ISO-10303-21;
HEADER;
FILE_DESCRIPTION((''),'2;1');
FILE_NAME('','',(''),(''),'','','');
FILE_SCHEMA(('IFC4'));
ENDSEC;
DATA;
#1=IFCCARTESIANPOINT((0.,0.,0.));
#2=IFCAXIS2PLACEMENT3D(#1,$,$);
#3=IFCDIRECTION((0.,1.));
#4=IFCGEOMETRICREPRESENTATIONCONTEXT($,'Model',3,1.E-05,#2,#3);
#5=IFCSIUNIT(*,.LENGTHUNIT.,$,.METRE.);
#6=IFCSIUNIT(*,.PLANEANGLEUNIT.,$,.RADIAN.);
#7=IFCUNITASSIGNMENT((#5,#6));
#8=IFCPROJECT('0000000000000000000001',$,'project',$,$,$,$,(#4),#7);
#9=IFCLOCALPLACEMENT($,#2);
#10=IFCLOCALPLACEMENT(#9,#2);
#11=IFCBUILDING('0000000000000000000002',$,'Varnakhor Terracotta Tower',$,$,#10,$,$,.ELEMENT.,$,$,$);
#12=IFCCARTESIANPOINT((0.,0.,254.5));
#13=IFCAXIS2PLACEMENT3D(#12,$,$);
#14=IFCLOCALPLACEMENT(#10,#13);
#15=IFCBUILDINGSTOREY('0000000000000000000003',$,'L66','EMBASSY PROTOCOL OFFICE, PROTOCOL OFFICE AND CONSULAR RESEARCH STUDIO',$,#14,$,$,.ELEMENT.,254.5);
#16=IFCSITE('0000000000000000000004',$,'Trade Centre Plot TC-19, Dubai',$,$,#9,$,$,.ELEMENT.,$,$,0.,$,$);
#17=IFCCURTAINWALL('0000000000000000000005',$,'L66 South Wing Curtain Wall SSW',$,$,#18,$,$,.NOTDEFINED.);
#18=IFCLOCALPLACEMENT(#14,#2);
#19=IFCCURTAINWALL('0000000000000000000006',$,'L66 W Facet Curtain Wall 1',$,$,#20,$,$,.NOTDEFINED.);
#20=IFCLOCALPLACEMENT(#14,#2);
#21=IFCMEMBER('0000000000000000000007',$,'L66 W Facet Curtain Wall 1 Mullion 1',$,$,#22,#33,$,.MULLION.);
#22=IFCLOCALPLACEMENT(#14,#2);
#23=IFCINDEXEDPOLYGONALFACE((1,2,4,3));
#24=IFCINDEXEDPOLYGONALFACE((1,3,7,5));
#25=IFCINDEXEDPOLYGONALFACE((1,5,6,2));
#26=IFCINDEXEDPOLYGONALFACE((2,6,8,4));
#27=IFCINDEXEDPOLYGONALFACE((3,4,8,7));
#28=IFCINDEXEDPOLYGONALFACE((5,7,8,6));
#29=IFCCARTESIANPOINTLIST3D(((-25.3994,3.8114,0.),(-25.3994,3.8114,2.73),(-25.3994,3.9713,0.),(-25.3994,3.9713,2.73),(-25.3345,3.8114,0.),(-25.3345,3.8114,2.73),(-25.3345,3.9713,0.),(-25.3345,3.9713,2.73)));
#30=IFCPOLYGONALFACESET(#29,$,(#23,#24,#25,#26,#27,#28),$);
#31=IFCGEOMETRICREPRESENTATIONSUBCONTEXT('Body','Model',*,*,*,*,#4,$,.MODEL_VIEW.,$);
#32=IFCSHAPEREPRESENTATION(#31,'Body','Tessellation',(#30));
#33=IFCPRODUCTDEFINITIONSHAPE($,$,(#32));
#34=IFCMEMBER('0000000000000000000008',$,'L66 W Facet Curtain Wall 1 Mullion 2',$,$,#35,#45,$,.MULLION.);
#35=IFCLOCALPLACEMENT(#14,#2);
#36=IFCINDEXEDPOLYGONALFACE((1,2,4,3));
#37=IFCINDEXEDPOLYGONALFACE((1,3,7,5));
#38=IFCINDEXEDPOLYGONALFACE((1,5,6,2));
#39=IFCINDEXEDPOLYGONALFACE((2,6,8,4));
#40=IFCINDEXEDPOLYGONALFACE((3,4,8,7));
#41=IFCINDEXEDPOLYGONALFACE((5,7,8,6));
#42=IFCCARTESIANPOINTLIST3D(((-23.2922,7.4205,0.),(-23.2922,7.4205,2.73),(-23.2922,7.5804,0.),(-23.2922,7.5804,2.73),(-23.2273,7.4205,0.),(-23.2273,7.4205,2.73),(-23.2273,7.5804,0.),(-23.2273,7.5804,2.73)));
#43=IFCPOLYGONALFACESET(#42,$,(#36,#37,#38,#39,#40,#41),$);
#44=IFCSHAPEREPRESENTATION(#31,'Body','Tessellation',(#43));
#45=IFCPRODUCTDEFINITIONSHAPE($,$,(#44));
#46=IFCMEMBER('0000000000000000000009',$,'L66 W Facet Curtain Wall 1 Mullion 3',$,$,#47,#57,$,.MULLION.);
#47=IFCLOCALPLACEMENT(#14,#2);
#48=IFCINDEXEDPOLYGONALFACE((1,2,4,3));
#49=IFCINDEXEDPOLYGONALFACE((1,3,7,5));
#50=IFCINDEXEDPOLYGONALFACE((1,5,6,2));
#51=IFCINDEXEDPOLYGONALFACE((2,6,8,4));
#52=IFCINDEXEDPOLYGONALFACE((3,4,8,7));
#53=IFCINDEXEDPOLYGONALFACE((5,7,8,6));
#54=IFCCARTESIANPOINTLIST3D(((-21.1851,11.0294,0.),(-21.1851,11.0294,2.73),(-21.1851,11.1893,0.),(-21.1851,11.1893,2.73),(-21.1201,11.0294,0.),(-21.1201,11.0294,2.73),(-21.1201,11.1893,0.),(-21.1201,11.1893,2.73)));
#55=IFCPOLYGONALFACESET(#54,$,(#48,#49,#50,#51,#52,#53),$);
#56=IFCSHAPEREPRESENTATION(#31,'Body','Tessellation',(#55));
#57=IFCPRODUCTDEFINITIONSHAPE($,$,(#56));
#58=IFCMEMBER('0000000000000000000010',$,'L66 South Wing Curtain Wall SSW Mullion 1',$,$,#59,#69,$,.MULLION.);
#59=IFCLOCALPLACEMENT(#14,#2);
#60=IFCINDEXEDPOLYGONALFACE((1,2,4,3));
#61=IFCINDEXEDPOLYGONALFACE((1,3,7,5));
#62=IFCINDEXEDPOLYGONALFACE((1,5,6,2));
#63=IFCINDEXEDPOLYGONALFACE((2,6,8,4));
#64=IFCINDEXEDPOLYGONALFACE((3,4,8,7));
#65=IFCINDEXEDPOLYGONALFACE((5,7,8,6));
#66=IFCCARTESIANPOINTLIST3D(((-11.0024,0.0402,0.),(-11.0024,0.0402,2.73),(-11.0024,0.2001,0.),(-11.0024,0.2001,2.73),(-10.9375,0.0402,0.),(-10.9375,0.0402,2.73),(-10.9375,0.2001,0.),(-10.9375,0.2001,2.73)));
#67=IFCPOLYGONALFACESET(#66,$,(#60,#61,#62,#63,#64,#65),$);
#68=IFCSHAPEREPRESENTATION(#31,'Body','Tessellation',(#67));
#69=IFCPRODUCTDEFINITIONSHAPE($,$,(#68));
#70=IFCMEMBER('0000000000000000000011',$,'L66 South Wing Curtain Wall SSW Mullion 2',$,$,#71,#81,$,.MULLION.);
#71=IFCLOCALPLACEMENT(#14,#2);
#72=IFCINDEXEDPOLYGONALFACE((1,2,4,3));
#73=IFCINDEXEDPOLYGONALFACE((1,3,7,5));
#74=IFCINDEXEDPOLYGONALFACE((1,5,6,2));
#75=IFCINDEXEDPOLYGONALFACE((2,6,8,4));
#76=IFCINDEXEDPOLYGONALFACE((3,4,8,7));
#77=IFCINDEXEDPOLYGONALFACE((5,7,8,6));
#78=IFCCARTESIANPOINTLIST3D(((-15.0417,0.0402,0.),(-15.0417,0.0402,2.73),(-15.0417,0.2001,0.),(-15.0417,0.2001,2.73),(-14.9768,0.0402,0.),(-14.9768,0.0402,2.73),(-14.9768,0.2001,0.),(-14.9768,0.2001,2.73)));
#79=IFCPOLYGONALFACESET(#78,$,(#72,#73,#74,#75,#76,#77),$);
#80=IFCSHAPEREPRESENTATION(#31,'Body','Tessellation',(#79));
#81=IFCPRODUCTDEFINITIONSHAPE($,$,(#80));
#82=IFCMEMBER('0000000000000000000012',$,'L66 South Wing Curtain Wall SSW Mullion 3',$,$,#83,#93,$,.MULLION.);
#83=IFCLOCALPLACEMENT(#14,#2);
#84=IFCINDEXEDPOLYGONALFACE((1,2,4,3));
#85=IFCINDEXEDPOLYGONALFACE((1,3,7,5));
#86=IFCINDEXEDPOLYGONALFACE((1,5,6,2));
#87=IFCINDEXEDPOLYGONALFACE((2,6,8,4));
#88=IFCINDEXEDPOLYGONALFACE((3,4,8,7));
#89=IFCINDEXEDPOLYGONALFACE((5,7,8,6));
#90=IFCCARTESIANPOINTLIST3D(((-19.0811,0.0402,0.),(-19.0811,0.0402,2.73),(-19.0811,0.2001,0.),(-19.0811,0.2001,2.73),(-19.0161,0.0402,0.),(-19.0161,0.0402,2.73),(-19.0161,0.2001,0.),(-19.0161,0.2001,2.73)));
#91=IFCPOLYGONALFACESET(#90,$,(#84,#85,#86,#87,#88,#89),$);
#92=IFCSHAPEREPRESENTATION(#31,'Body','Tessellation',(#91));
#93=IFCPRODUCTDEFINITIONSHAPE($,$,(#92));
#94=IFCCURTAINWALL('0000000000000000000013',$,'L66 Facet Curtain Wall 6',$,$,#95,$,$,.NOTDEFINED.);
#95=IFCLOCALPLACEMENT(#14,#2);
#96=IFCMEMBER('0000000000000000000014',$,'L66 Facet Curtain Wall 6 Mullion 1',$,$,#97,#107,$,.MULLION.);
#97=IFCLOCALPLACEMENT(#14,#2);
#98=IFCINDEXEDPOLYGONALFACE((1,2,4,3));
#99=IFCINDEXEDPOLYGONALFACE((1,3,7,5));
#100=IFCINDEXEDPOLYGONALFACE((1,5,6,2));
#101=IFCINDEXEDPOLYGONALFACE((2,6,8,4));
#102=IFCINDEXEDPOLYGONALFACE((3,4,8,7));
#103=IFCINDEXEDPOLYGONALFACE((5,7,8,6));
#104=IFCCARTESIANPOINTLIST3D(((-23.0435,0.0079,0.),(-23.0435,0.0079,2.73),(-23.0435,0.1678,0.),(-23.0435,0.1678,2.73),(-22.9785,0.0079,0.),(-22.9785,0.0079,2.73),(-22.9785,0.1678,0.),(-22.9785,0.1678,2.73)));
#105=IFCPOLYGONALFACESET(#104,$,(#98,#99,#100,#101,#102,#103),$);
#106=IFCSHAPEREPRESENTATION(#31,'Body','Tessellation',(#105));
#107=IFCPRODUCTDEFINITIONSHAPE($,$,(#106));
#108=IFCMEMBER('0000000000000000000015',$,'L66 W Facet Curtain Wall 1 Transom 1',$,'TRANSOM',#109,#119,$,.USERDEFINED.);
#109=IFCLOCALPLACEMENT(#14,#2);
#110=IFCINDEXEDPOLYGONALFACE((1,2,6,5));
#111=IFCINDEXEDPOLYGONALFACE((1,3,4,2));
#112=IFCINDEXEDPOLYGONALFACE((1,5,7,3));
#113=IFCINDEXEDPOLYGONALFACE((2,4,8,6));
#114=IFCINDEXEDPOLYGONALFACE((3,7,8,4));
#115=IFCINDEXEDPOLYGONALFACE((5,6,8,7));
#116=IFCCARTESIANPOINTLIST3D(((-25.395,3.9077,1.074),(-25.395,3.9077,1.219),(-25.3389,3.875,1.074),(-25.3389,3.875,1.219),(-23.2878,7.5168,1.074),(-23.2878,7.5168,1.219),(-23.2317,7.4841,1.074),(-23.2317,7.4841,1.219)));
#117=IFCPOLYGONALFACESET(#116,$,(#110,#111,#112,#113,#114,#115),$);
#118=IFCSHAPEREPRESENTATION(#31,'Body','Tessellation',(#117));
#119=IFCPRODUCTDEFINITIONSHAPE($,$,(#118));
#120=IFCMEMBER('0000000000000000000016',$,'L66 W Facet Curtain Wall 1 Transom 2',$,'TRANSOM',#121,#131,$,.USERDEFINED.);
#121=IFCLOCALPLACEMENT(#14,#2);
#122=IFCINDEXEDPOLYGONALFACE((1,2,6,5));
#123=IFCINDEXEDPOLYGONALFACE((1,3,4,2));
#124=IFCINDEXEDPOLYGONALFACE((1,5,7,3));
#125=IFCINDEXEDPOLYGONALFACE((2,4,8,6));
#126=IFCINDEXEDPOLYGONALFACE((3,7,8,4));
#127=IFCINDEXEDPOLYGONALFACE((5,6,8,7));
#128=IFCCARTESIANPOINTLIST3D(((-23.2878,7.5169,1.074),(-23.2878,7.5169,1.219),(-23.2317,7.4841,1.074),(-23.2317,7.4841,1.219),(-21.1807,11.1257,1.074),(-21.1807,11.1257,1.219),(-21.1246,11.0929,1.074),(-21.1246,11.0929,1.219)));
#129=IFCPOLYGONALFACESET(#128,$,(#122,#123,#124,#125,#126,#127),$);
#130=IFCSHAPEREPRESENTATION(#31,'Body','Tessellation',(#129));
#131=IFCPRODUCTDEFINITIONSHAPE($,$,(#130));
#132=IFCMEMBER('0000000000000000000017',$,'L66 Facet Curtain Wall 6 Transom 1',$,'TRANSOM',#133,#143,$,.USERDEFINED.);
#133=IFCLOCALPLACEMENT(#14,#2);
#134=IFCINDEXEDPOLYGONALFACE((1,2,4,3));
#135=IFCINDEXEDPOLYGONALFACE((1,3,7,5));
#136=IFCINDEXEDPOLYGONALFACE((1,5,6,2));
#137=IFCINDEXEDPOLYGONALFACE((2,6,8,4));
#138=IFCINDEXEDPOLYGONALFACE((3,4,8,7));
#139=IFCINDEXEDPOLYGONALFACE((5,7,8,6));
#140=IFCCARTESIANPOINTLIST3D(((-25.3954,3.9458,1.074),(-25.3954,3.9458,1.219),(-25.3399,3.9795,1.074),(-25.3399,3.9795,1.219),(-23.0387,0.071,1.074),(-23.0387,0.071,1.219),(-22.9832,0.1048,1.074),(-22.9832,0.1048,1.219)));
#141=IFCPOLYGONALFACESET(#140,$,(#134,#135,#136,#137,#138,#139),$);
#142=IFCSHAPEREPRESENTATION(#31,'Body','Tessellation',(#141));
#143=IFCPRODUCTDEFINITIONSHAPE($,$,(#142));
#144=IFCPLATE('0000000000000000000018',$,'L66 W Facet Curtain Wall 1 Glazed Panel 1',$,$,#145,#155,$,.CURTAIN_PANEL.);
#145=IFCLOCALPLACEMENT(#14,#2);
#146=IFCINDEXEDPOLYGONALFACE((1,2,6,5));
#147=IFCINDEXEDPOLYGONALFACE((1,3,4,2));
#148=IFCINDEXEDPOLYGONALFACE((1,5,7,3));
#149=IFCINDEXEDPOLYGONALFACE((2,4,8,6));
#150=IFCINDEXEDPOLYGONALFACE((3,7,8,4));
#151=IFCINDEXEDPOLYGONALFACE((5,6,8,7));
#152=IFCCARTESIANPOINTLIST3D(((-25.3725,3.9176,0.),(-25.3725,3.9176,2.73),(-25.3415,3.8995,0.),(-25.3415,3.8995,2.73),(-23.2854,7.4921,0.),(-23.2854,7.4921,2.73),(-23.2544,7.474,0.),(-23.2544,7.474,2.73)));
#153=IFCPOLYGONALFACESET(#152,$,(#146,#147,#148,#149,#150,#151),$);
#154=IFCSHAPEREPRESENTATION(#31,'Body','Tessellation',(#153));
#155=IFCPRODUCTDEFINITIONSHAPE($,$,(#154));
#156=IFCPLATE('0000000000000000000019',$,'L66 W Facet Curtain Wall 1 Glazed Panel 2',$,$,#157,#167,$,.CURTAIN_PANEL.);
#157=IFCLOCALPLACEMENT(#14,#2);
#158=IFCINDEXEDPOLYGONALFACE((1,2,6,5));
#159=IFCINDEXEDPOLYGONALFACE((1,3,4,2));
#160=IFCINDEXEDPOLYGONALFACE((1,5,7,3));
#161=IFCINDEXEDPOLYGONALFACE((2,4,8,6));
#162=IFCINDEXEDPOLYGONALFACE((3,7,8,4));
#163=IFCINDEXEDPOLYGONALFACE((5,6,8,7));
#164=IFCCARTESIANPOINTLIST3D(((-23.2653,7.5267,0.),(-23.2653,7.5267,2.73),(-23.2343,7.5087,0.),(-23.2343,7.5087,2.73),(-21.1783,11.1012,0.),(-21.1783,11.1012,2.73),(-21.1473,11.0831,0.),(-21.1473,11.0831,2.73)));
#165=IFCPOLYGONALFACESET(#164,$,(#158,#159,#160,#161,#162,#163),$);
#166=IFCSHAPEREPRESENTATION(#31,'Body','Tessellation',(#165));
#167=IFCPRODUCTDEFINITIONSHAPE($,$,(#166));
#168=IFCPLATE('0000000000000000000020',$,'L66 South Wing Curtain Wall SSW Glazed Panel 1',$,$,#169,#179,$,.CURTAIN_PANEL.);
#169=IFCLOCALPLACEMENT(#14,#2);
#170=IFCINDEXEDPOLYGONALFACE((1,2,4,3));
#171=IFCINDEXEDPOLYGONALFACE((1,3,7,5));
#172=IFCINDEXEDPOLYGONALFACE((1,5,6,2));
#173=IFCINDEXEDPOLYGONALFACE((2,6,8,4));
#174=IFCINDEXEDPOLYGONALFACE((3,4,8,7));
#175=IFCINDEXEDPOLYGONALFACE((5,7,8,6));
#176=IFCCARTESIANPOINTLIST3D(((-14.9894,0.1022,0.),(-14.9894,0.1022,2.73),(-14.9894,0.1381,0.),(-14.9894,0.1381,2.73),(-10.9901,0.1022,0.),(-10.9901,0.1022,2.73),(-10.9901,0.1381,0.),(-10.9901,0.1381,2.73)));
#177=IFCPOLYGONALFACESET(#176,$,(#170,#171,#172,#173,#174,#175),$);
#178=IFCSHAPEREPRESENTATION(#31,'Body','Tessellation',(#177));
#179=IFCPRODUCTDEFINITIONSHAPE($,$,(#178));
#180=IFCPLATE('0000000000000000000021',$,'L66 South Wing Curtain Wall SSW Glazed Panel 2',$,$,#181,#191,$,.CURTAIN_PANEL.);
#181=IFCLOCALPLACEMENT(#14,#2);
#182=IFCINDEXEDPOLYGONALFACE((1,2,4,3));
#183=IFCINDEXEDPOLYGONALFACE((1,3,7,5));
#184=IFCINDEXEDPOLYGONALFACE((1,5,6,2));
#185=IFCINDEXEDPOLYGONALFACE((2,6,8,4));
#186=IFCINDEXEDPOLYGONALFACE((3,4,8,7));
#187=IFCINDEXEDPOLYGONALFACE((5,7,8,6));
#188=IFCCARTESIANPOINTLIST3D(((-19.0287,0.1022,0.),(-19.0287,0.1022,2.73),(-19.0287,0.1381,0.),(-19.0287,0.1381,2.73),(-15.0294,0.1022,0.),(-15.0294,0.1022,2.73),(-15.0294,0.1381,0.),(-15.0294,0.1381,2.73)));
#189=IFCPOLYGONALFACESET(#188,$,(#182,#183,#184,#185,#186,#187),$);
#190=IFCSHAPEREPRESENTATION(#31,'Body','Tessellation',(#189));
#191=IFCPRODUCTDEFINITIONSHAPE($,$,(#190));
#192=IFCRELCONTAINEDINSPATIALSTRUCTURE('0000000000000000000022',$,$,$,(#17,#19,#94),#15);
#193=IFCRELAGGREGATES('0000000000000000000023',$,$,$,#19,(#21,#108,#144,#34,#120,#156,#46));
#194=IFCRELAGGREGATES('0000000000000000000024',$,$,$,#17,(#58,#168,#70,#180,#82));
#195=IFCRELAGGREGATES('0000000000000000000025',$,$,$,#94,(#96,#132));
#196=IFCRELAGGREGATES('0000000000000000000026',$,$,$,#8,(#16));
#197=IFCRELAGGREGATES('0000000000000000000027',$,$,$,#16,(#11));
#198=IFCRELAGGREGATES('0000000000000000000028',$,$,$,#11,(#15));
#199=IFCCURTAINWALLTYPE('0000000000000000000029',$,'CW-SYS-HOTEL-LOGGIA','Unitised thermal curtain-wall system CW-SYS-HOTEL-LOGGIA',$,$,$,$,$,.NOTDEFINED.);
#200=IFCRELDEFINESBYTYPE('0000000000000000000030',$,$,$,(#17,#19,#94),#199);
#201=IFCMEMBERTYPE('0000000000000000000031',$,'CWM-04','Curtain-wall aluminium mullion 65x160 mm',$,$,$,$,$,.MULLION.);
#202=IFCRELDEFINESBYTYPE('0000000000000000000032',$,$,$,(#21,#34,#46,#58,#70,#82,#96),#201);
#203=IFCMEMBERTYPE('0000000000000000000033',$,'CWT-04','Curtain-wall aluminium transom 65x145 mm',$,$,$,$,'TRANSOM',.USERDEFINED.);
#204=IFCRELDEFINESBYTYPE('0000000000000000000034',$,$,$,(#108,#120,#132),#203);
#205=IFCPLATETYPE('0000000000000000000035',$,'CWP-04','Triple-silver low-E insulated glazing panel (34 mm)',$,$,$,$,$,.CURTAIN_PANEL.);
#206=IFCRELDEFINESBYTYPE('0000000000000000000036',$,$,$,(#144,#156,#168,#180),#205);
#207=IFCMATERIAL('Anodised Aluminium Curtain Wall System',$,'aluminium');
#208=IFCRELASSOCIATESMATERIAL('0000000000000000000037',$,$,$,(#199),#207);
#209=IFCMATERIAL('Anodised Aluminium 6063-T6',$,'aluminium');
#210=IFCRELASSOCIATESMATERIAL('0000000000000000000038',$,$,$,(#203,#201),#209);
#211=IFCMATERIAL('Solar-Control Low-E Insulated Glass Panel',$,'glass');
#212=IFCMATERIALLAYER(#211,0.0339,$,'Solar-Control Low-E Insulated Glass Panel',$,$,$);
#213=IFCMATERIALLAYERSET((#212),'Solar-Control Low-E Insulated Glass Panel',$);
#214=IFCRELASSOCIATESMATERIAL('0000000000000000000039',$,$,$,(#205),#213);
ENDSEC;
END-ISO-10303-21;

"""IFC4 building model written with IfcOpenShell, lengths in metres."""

from ifc_helpers import new_model, si_unit, direction, frame, origin, origin_2d, place, context, subcontext, project, spatial, rectangle, extrude, source, transform, mapped, material, layer, layer_set, material_profile, profile_set, type_object, element, aggregate, save


model = new_model("IFC4")

# Units and contexts
model_context = context("Model", 3, precision=1e-05, world=origin(), true_north=direction((0.0, 1.0)))
body_context = subcontext(model_context, "Body", "Model", "MODEL_VIEW")
ifc_project = project(units=[si_unit("LENGTHUNIT", "METRE"), si_unit("PLANEANGLEUNIT", "RADIAN")], contexts=[model_context])

# Site, building, storey
site_placement = place(None, origin())
site = spatial("IfcSite", under=ifc_project, at=site_placement, Name="Trade Centre Plot TC-19, Dubai", CompositionType="ELEMENT", RefElevation=0.0)
building_placement = place(site_placement, origin())
building = spatial("IfcBuilding", under=site, at=building_placement, Name="Varnakhor Terracotta Tower", CompositionType="ELEMENT")
storey_placement = place(building_placement, frame((0.0, 0.0, 254.5)))
storey = spatial("IfcBuildingStorey", under=building, at=storey_placement, Name="L66", Description="EMBASSY PROTOCOL OFFICE, PROTOCOL OFFICE AND CONSULAR RESEARCH STUDIO", CompositionType="ELEMENT", Elevation=254.5)

# Curtain walls, members
ifc_material_1 = material(Name="Anodised Aluminium Curtain Wall System", Category="aluminium")
curtain_wall_type = type_object("IfcCurtainWallType", Name="CW-SYS-HOTEL-LOGGIA", Description="Unitised thermal curtain-wall system CW-SYS-HOTEL-LOGGIA", PredefinedType="NOTDEFINED", material=ifc_material_1)
curtain_wall_1_placement = place(storey_placement, origin())
curtain_wall_1 = element("IfcCurtainWall", 1, at=curtain_wall_1_placement, inside=storey, type_object=curtain_wall_type, Name="L66 South Wing Curtain Wall SSW", PredefinedType="NOTDEFINED")
ifc_material_2 = material(Name="Anodised Aluminium 6063-T6", Category="aluminium")
ifc_material_profile_1 = material_profile(ifc_material_2, rectangle(XDim=0.0649, YDim=0.145, at=origin_2d()), Name="ALU TRANSOM 65x145")
ifc_profile_set_1 = profile_set([ifc_material_profile_1], Name="Anodised Aluminium 6063-T6")
member_type_1 = type_object("IfcMemberType", Name="CWT-04", Description="Curtain-wall aluminium transom 65x145 mm", ElementType="TRANSOM", PredefinedType="USERDEFINED", material=ifc_profile_set_1)
curtain_wall_2_placement = place(storey_placement, origin())
curtain_wall_2 = element("IfcCurtainWall", 2, at=curtain_wall_2_placement, inside=storey, type_object=curtain_wall_type, Name="L66 W Facet Curtain Wall 1", PredefinedType="NOTDEFINED")
ifc_material_profile_2 = material_profile(ifc_material_2, rectangle(XDim=0.0649, YDim=0.1599, at=origin_2d()), Name="ALU MULLION 65x160")
ifc_profile_set_2 = profile_set([ifc_material_profile_2], Name="Anodised Aluminium 6063-T6")
member_type_2 = type_object("IfcMemberType", Name="CWM-04", Description="Curtain-wall aluminium mullion 65x160 mm", PredefinedType="MULLION", material=ifc_profile_set_2)
shared_shape_1 = source(origin(), body_context, "Body", "SweptSolid", [
    extrude(rectangle(XDim=0.0649, YDim=0.1599, at=origin_2d()), origin(), (0.0, 0.0, 1.0), 2.73),
])
member_1_placement = place(storey_placement, frame((-25.3669, 3.8914, 0.0), z_axis=(0.0, 0.0, 1.0), x_axis=(1.0, 0.0, 0.0)))
member_1 = element("IfcMember", 3, at=member_1_placement, type_object=member_type_2, Name="L66 W Facet Curtain Wall 1 Mullion 1", PredefinedType="MULLION", context=body_context, shape_type="MappedRepresentation", body=[
    mapped(shared_shape_1, transform((0.0, 0.0, 0.0), scale=1.0)),
])
member_2_placement = place(storey_placement, frame((-23.2598, 7.5005, 0.0), z_axis=(0.0, 0.0, 1.0), x_axis=(1.0, 0.0, 0.0)))
member_2 = element("IfcMember", 4, at=member_2_placement, type_object=member_type_2, Name="L66 W Facet Curtain Wall 1 Mullion 2", PredefinedType="MULLION", context=body_context, shape_type="MappedRepresentation", body=[
    mapped(shared_shape_1, transform((0.0, 0.0, 0.0), scale=1.0)),
])
member_3_placement = place(storey_placement, frame((-21.1526, 11.1094, 0.0), z_axis=(0.0, 0.0, 1.0), x_axis=(1.0, 0.0, 0.0)))
member_3 = element("IfcMember", 5, at=member_3_placement, type_object=member_type_2, Name="L66 W Facet Curtain Wall 1 Mullion 3", PredefinedType="MULLION", context=body_context, shape_type="MappedRepresentation", body=[
    mapped(shared_shape_1, transform((0.0, 0.0, 0.0), scale=1.0)),
])

# Members
member_4_placement = place(storey_placement, frame((-10.97, 0.1201, 0.0), z_axis=(0.0, 0.0, 1.0), x_axis=(1.0, 0.0, 0.0)))
member_4 = element("IfcMember", 6, at=member_4_placement, type_object=member_type_2, Name="L66 South Wing Curtain Wall SSW Mullion 1", PredefinedType="MULLION", context=body_context, shape_type="MappedRepresentation", body=[
    mapped(shared_shape_1, transform((0.0, 0.0, 0.0), scale=1.0)),
])
member_5_placement = place(storey_placement, frame((-15.0093, 0.1201, 0.0), z_axis=(0.0, 0.0, 1.0), x_axis=(1.0, 0.0, 0.0)))
member_5 = element("IfcMember", 7, at=member_5_placement, type_object=member_type_2, Name="L66 South Wing Curtain Wall SSW Mullion 2", PredefinedType="MULLION", context=body_context, shape_type="MappedRepresentation", body=[
    mapped(shared_shape_1, transform((0.0, 0.0, 0.0), scale=1.0)),
])
member_6_placement = place(storey_placement, frame((-19.0486, 0.1201, 0.0), z_axis=(0.0, 0.0, 1.0), x_axis=(1.0, 0.0, 0.0)))
member_6 = element("IfcMember", 8, at=member_6_placement, type_object=member_type_2, Name="L66 South Wing Curtain Wall SSW Mullion 3", PredefinedType="MULLION", context=body_context, shape_type="MappedRepresentation", body=[
    mapped(shared_shape_1, transform((0.0, 0.0, 0.0), scale=1.0)),
])

# Curtain wall, member
curtain_wall_3_placement = place(storey_placement, origin())
curtain_wall_3 = element("IfcCurtainWall", 9, at=curtain_wall_3_placement, inside=storey, type_object=curtain_wall_type, Name="L66 Facet Curtain Wall 6", PredefinedType="NOTDEFINED")
member_7_placement = place(storey_placement, frame((-23.011, 0.0879, 0.0), z_axis=(0.0, 0.0, 1.0), x_axis=(1.0, 0.0, 0.0)))
member_7 = element("IfcMember", 10, at=member_7_placement, type_object=member_type_2, Name="L66 Facet Curtain Wall 6 Mullion 1", PredefinedType="MULLION", context=body_context, shape_type="MappedRepresentation", body=[
    mapped(shared_shape_1, transform((0.0, 0.0, 0.0), scale=1.0)),
])

# Members
shared_shape_2 = source(origin(), body_context, "Body", "SweptSolid", [
    extrude(rectangle(XDim=0.0649, YDim=0.145, at=origin_2d()), origin(), (0.0, 0.0, 1.0), 4.1792),
])
member_8_placement = place(storey_placement, frame((-25.3669, 3.8914, 1.1465), z_axis=(0.504202, 0.863586, 0.0), x_axis=(-0.863586, 0.504202, 0.0)))
member_8 = element("IfcMember", 11, at=member_8_placement, type_object=member_type_1, Name="L66 W Facet Curtain Wall 1 Transom 1", ObjectType="TRANSOM", PredefinedType="USERDEFINED", context=body_context, shape_type="MappedRepresentation", body=[
    mapped(shared_shape_2, transform((0.0, 0.0, 0.0), scale=1.0)),
])
shared_shape_3 = source(origin(), body_context, "Body", "SweptSolid", [
    extrude(rectangle(XDim=0.0649, YDim=0.145, at=origin_2d()), origin(), (0.0, 0.0, 1.0), 4.179),
])
member_9_placement = place(storey_placement, frame((-23.2598, 7.5005, 1.1465), z_axis=(0.504227, 0.863571, 0.0), x_axis=(-0.863571, 0.504227, 0.0)))
member_9 = element("IfcMember", 12, at=member_9_placement, type_object=member_type_1, Name="L66 W Facet Curtain Wall 1 Transom 2", ObjectType="TRANSOM", PredefinedType="USERDEFINED", context=body_context, shape_type="MappedRepresentation", body=[
    mapped(shared_shape_3, transform((0.0, 0.0, 0.0), scale=1.0)),
])
shared_shape_4 = source(origin(), body_context, "Body", "SweptSolid", [
    extrude(rectangle(XDim=0.0649, YDim=0.145, at=origin_2d()), origin(), (0.0, 0.0, 1.0), 4.5352),
])
member_10_placement = place(storey_placement, frame((-23.011, 0.0879, 1.1465), z_axis=(-0.519648, 0.85438, 0.0), x_axis=(-0.85438, -0.519648, 0.0)))
member_10 = element("IfcMember", 13, at=member_10_placement, type_object=member_type_1, Name="L66 Facet Curtain Wall 6 Transom 1", ObjectType="TRANSOM", PredefinedType="USERDEFINED", context=body_context, shape_type="MappedRepresentation", body=[
    mapped(shared_shape_4, transform((0.0, 0.0, 0.0), scale=1.0)),
])

# Plates
ifc_material_3 = material(Name="Solar-Control Low-E Insulated Glass Panel", Category="glass")
ifc_layer_1 = layer(ifc_material_3, 0.0339, Name="Solar-Control Low-E Insulated Glass Panel")
ifc_layer_set_1 = layer_set([ifc_layer_1], Name="Solar-Control Low-E Insulated Glass Panel")
plate_type = type_object("IfcPlateType", Name="CWP-04", Description="Triple-silver low-E insulated glazing panel (34 mm)", PredefinedType="CURTAIN_PANEL", material=ifc_layer_set_1)
shared_shape_5 = source(origin(), body_context, "Body", "SweptSolid", [
    extrude(rectangle(XDim=4.1392, YDim=0.0359, at=origin_2d()), origin(), (0.0, 0.0, 1.0), 2.73),
])
plate_1_placement = place(storey_placement, frame((-24.3135, 5.6958, 0.0), z_axis=(0.0, 0.0, 1.0), x_axis=(0.504226, 0.863572, 0.0)))
plate_1 = element("IfcPlate", 14, at=plate_1_placement, type_object=plate_type, Name="L66 W Facet Curtain Wall 1 Glazed Panel 1", PredefinedType="CURTAIN_PANEL", context=body_context, shape_type="MappedRepresentation", body=[
    mapped(shared_shape_5, transform((0.0, 0.0, 0.0), scale=1.0)),
])
plate_2_placement = place(storey_placement, frame((-22.2063, 9.3049, 0.0), z_axis=(0.0, 0.0, 1.0), x_axis=(0.504226, 0.863572, 0.0)))
plate_2 = element("IfcPlate", 15, at=plate_2_placement, type_object=plate_type, Name="L66 W Facet Curtain Wall 1 Glazed Panel 2", PredefinedType="CURTAIN_PANEL", context=body_context, shape_type="MappedRepresentation", body=[
    mapped(shared_shape_5, transform((0.0, 0.0, 0.0), scale=1.0)),
])
aggregate(curtain_wall_2, [member_1, member_8, plate_1, member_2, member_9, plate_2, member_3])
shared_shape_6 = source(origin(), body_context, "Body", "SweptSolid", [
    extrude(rectangle(XDim=3.9993, YDim=0.0359, at=origin_2d()), origin(), (0.0, 0.0, 1.0), 2.73),
])
plate_3_placement = place(storey_placement, frame((-12.9897, 0.1201, 0.0), z_axis=(0.0, 0.0, 1.0), x_axis=(-1.0, 0.0, 0.0)))
plate_3 = element("IfcPlate", 16, at=plate_3_placement, type_object=plate_type, Name="L66 South Wing Curtain Wall SSW Glazed Panel 1", PredefinedType="CURTAIN_PANEL", context=body_context, shape_type="MappedRepresentation", body=[
    mapped(shared_shape_6, transform((0.0, 0.0, 0.0), scale=1.0)),
])
plate_4_placement = place(storey_placement, frame((-17.0291, 0.1201, 0.0), z_axis=(0.0, 0.0, 1.0), x_axis=(-1.0, 0.0, 0.0)))
plate_4 = element("IfcPlate", 17, at=plate_4_placement, type_object=plate_type, Name="L66 South Wing Curtain Wall SSW Glazed Panel 2", PredefinedType="CURTAIN_PANEL", context=body_context, shape_type="MappedRepresentation", body=[
    mapped(shared_shape_6, transform((0.0, 0.0, 0.0), scale=1.0)),
])
aggregate(curtain_wall_1, [member_4, plate_3, member_5, plate_4, member_6])
aggregate(curtain_wall_3, [member_7, member_10])

save(model, "model.ifc")
